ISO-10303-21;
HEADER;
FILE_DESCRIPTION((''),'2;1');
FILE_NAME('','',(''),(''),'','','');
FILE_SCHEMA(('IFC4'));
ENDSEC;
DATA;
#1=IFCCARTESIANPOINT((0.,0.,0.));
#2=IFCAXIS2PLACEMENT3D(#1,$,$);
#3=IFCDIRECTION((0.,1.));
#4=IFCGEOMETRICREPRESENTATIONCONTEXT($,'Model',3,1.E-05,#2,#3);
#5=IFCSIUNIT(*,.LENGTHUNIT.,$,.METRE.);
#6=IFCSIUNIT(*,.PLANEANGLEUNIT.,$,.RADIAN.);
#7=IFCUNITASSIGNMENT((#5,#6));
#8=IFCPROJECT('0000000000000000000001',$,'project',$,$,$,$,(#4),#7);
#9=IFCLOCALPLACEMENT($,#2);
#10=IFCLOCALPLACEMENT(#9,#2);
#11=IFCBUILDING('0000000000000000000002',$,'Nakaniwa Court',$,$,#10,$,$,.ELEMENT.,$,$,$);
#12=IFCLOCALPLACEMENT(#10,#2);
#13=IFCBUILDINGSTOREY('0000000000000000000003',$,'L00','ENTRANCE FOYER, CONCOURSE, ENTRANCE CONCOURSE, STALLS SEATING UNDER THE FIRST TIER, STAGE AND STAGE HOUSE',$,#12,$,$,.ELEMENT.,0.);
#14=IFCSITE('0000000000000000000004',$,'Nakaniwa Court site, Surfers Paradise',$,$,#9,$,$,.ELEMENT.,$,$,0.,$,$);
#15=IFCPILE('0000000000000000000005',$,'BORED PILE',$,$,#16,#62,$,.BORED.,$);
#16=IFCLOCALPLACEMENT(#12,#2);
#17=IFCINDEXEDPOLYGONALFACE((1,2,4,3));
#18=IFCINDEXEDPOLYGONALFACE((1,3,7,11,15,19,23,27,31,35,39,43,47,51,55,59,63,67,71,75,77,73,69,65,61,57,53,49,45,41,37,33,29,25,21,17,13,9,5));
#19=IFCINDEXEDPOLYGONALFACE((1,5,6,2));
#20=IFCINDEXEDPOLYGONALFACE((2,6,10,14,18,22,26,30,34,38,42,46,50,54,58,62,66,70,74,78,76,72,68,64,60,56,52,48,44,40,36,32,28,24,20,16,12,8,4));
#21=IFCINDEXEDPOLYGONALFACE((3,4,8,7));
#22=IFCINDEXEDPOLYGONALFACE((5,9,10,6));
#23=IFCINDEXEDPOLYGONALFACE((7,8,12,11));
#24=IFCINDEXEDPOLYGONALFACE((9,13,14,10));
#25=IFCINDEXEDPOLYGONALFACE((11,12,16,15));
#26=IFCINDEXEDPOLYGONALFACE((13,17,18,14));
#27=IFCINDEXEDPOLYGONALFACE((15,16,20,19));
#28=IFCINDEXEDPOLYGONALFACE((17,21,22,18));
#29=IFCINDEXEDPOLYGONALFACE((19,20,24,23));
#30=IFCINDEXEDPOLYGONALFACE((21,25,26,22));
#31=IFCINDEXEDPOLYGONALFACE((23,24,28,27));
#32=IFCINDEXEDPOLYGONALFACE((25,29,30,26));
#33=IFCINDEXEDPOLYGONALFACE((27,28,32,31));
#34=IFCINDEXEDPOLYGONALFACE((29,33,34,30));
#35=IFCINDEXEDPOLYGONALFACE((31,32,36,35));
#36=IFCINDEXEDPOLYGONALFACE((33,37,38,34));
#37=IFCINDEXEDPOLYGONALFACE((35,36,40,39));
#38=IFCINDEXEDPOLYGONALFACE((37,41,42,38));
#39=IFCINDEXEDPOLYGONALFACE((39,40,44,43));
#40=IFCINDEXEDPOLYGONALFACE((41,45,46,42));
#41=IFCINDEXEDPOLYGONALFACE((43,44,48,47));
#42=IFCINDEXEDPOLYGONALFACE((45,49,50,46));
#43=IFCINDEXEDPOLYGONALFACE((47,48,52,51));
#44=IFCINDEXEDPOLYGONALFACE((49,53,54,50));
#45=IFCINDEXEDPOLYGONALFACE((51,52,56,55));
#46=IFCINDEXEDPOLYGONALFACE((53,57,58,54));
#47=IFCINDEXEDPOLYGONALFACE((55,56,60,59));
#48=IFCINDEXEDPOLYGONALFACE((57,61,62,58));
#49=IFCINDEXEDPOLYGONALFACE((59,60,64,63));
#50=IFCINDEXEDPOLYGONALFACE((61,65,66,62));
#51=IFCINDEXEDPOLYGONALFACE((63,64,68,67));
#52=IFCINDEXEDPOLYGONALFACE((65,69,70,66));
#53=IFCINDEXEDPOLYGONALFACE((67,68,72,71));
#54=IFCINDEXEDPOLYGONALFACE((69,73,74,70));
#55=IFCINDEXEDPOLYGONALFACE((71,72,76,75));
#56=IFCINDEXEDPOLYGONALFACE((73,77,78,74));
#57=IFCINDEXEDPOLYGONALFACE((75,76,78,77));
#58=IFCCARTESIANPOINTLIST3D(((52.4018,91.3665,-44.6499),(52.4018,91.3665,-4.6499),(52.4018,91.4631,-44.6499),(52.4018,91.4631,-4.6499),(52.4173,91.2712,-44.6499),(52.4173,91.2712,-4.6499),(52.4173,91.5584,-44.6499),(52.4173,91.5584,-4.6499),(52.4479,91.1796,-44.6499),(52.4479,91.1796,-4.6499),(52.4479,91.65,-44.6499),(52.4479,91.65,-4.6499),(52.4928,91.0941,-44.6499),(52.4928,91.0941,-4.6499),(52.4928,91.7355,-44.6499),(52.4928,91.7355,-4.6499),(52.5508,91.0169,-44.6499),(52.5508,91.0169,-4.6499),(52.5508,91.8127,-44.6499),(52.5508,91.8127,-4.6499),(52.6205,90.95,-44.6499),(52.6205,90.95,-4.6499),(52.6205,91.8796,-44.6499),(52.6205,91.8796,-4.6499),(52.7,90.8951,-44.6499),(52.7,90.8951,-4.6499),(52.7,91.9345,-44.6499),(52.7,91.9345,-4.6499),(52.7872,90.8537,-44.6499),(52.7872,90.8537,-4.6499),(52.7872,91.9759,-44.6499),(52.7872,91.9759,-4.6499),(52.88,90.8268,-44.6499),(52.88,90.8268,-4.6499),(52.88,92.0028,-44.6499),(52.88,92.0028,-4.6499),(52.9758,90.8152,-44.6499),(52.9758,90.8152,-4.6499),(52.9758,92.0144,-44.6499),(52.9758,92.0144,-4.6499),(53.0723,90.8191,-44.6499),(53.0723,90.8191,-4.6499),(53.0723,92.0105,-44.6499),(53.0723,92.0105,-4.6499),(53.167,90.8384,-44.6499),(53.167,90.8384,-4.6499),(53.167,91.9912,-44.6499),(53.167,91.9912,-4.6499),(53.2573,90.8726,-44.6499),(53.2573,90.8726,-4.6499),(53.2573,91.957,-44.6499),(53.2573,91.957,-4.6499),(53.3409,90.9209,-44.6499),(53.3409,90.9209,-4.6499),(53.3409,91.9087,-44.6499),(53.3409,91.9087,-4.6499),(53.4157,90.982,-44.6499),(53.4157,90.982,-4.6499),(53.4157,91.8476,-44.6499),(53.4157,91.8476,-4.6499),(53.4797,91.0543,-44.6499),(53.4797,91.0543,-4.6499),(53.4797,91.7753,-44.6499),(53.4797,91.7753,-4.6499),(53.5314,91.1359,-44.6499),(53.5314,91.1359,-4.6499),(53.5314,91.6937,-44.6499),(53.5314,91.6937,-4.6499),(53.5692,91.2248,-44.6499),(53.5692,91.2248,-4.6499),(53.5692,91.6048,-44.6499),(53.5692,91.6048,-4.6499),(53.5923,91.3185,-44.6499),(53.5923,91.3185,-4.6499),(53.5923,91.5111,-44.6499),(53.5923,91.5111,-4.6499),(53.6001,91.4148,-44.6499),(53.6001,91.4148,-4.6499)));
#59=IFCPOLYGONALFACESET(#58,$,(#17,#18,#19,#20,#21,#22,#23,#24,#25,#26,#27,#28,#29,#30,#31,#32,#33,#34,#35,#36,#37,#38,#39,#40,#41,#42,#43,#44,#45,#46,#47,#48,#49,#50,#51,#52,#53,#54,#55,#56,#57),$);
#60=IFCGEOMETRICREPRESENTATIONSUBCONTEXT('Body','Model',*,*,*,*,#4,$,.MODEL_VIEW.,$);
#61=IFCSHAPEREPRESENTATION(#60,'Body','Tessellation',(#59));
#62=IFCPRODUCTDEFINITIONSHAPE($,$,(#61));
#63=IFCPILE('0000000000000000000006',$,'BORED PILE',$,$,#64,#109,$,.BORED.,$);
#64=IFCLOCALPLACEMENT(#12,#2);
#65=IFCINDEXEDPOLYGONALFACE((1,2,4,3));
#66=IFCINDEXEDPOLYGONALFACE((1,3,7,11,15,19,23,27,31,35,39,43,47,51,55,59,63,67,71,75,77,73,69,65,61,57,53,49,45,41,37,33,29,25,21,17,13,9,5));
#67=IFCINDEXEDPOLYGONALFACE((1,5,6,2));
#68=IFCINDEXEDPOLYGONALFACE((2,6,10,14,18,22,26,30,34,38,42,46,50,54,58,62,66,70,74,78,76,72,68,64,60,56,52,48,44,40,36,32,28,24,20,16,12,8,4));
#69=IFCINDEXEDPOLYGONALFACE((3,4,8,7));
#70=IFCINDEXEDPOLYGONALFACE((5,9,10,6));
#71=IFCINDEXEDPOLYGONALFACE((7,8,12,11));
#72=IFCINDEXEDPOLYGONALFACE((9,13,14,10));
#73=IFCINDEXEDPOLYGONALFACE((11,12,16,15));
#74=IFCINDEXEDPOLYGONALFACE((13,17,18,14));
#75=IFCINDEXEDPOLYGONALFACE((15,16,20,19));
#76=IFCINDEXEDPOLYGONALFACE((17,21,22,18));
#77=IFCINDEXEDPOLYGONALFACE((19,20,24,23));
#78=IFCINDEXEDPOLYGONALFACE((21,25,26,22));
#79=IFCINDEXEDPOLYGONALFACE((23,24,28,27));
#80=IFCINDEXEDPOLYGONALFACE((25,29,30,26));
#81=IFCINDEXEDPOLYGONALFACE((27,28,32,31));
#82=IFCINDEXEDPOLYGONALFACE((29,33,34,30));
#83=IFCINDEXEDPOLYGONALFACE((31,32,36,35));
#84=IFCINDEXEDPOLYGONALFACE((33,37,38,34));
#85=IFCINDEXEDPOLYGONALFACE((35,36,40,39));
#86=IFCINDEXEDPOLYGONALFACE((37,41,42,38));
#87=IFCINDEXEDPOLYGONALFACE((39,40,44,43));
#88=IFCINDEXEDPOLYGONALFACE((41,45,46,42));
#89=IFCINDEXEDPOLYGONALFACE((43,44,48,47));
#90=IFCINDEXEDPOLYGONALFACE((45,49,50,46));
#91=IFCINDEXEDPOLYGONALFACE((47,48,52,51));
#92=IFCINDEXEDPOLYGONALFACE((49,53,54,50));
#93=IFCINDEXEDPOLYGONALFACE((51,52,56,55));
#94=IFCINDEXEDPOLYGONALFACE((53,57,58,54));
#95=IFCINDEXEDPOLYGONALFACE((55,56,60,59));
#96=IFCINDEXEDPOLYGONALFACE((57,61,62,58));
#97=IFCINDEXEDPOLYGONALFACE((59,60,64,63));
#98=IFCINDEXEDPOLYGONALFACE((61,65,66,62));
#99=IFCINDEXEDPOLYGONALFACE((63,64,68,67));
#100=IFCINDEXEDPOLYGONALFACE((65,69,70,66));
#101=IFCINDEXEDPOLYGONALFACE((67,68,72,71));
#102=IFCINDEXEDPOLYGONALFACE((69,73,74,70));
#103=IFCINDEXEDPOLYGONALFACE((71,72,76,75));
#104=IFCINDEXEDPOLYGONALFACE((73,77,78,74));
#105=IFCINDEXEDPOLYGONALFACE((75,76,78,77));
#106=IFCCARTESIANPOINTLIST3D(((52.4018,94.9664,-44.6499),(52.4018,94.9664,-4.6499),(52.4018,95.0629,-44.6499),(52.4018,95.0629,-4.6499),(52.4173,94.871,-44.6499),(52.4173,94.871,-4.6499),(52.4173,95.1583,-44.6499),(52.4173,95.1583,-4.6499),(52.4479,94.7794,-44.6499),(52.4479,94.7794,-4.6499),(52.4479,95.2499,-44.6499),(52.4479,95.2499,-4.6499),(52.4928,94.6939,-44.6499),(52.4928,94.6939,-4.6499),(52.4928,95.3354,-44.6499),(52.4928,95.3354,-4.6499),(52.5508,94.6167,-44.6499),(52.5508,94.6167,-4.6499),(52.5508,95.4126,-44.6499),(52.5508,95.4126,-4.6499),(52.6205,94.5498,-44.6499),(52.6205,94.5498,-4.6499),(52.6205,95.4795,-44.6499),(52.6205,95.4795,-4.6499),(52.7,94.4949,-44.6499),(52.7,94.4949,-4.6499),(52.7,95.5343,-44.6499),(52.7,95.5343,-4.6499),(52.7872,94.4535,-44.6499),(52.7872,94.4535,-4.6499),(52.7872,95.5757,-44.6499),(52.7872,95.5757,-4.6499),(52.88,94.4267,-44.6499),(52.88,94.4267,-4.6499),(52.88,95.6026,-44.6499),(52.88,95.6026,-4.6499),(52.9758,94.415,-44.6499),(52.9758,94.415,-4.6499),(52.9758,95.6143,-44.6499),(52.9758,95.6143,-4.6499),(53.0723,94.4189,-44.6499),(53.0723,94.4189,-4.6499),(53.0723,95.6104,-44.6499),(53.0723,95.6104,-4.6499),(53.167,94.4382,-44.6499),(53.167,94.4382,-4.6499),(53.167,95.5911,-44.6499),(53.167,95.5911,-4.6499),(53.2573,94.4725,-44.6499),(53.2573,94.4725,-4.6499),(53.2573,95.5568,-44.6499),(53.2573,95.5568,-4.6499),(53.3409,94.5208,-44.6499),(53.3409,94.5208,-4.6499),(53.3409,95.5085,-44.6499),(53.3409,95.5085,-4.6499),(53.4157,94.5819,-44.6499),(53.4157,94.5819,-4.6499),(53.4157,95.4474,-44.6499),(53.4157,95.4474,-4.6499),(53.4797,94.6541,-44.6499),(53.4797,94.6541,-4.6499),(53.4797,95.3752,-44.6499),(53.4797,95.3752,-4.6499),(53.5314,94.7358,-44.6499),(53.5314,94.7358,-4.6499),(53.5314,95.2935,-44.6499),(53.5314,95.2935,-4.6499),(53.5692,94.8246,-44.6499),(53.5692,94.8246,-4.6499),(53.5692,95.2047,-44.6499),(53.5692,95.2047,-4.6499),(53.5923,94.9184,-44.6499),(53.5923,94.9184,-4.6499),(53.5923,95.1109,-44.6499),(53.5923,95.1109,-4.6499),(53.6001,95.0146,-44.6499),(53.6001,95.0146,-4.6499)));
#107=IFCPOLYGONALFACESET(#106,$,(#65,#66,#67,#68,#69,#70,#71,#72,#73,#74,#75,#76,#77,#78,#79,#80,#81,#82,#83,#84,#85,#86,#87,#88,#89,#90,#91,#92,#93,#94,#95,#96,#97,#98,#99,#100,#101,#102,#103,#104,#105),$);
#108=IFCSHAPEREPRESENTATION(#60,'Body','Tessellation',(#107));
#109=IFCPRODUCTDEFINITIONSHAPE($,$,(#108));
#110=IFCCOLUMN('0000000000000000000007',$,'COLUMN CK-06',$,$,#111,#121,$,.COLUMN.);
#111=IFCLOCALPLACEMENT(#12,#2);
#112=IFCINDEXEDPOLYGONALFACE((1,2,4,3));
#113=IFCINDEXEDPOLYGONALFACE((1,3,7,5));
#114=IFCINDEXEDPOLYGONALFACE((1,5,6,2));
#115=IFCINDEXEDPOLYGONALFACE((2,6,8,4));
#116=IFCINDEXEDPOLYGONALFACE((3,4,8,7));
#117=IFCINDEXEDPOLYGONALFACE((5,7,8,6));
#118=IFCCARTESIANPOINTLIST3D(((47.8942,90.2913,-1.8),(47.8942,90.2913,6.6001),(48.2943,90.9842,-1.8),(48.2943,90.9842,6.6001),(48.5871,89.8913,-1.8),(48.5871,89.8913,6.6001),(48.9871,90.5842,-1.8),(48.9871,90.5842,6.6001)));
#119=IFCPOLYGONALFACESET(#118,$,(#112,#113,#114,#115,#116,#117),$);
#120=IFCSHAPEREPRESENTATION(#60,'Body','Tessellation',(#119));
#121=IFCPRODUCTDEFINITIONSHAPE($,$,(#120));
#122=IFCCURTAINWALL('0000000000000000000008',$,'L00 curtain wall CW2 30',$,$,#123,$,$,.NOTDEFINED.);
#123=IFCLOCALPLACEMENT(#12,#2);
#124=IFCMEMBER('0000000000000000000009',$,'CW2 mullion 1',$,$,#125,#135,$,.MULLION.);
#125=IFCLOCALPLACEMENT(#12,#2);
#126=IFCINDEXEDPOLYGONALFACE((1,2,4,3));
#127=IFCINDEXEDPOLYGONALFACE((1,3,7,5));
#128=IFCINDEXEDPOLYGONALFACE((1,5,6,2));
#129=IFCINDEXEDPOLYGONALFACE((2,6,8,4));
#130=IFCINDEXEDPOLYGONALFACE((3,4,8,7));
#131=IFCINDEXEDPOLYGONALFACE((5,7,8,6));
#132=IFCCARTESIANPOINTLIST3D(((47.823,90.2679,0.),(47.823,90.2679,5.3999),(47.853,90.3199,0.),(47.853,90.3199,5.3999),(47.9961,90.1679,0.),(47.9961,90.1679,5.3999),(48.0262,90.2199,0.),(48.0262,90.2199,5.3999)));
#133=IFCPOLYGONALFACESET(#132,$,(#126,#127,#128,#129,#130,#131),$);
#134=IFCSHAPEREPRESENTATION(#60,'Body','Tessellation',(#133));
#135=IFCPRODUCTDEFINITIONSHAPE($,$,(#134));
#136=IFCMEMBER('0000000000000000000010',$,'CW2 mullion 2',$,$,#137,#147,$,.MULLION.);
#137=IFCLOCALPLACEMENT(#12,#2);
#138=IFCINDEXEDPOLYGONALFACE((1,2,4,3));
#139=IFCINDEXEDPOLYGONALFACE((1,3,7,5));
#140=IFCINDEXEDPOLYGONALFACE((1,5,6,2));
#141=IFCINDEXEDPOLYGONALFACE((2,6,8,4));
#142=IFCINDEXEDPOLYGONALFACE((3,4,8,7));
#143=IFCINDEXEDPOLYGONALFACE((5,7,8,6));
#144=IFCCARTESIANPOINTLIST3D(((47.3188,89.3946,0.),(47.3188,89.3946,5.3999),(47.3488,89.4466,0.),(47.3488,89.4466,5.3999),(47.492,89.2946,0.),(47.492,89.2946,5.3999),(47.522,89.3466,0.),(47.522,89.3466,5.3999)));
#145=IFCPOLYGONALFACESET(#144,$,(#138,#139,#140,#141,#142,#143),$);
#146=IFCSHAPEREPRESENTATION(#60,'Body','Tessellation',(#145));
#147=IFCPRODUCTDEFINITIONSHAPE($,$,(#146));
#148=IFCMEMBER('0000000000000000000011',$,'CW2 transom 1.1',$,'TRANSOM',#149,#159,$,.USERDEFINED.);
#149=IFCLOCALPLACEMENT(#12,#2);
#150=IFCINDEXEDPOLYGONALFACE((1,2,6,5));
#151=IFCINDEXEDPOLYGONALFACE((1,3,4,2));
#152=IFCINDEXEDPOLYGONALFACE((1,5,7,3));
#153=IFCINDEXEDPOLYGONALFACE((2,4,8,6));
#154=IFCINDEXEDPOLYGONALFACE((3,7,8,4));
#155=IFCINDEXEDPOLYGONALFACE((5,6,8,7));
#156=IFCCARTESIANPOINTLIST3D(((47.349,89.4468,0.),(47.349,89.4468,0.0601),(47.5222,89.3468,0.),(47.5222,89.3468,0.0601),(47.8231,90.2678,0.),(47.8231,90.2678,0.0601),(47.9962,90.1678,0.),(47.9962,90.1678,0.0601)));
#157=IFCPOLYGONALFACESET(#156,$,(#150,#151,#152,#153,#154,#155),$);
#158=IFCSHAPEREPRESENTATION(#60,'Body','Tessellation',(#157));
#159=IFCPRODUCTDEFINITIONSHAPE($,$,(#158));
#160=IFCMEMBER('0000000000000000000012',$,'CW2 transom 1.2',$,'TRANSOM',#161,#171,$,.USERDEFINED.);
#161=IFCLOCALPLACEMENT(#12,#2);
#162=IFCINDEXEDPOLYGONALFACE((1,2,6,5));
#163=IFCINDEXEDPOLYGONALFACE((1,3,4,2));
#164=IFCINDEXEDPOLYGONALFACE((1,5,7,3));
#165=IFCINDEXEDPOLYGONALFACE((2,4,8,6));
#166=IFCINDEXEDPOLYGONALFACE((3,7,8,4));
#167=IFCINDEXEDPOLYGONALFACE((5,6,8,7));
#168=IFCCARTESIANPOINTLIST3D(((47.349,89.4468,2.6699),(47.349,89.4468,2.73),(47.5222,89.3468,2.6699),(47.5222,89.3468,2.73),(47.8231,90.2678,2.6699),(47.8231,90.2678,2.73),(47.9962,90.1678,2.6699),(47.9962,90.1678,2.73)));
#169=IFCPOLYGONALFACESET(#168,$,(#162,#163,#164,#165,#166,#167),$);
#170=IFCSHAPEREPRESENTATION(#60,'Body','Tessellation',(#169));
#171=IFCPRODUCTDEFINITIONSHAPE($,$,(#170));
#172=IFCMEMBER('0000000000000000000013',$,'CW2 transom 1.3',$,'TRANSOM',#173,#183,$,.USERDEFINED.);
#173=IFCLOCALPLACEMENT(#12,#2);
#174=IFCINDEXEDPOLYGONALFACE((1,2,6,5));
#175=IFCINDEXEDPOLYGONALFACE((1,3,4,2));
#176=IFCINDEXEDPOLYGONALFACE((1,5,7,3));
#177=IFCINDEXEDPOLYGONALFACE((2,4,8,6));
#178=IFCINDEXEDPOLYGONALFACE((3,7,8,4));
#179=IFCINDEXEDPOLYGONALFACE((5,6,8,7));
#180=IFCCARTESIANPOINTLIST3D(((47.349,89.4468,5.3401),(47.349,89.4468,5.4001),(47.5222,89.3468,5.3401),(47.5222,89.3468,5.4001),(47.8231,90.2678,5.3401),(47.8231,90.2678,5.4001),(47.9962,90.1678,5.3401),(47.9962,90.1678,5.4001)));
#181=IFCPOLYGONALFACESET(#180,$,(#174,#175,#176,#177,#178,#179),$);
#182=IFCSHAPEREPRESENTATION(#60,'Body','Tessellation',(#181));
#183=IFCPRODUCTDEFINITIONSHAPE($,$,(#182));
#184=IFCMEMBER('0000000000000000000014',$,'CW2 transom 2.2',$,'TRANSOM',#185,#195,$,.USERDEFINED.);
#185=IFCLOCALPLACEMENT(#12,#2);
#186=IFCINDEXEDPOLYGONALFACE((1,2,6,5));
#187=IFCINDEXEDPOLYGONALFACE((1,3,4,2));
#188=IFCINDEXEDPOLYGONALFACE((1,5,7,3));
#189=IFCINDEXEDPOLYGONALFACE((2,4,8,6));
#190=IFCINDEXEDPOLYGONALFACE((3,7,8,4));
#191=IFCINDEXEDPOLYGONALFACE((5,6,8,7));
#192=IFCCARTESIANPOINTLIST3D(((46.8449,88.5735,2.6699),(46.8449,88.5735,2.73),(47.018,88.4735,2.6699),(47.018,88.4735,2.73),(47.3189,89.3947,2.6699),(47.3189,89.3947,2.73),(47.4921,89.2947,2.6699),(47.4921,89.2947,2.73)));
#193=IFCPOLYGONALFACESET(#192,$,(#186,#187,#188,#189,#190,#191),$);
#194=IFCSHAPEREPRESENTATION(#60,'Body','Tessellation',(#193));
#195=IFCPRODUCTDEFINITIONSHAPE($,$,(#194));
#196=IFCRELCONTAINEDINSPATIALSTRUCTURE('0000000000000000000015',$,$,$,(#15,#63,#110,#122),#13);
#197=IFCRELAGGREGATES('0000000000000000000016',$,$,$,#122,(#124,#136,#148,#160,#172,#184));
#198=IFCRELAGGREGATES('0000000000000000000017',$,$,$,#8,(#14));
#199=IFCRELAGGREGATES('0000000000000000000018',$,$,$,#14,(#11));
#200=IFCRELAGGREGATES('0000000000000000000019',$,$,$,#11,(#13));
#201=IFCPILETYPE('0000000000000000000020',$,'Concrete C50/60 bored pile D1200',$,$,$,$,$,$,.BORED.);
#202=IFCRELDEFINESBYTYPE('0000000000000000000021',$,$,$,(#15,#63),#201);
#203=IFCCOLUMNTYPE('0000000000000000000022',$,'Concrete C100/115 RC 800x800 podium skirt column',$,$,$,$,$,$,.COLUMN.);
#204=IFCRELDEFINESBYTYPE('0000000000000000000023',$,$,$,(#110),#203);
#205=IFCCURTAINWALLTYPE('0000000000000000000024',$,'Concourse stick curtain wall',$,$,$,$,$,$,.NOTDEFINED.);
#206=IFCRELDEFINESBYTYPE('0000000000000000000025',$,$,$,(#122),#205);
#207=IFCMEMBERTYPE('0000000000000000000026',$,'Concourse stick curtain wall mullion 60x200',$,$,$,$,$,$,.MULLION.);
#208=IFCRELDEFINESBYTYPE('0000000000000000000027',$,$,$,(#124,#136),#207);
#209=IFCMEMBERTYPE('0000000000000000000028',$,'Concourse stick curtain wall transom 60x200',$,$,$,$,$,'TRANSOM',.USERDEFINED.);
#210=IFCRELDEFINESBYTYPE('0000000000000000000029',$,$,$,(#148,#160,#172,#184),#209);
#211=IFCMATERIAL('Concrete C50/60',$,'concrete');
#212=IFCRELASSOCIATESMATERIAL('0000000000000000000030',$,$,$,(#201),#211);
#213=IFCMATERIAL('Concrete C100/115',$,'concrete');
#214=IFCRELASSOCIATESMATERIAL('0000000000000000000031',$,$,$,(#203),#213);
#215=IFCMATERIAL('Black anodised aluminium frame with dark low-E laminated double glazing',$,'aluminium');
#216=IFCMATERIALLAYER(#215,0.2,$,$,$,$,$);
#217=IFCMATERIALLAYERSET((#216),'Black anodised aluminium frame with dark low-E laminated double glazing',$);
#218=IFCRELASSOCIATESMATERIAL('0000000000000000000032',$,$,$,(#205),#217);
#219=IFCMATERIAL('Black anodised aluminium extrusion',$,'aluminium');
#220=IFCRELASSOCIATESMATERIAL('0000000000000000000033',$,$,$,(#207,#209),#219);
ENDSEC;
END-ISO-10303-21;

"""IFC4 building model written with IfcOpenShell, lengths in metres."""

from ifc_helpers import new_model, si_unit, direction, frame, origin, origin_2d, place, context, subcontext, project, spatial, rectangle, circle, extrude, material, layer, layer_set, material_profile, profile_set, type_object, element, aggregate, save


model = new_model("IFC4")

# Units and contexts
model_context = context("Model", 3, precision=1e-05, world=origin(), true_north=direction((0.0, 1.0)))
body_context = subcontext(model_context, "Body", "Model", "MODEL_VIEW")
ifc_project = project(units=[si_unit("LENGTHUNIT", "METRE"), si_unit("PLANEANGLEUNIT", "RADIAN")], contexts=[model_context])

# Site, building, storey
site_placement = place(None, origin())
site = spatial("IfcSite", under=ifc_project, at=site_placement, Name="Nakaniwa Court site, Surfers Paradise", CompositionType="ELEMENT", RefElevation=0.0)
building_placement = place(site_placement, origin())
building = spatial("IfcBuilding", under=site, at=building_placement, Name="Nakaniwa Court", CompositionType="ELEMENT")
storey_placement = place(building_placement, origin())
storey = spatial("IfcBuildingStorey", under=building, at=storey_placement, Name="L00", Description="ENTRANCE FOYER, CONCOURSE, ENTRANCE CONCOURSE, STALLS SEATING UNDER THE FIRST TIER, STAGE AND STAGE HOUSE", CompositionType="ELEMENT", Elevation=0.0)

# Piles
ifc_material_1 = material(Name="Concrete C50/60", Category="concrete")
ifc_material_profile_1 = material_profile(ifc_material_1, circle(Radius=0.6001, at=origin_2d()), Name="Concrete C50/60 bored pile D1200")
ifc_profile_set_1 = profile_set([ifc_material_profile_1], Name="Concrete C50/60")
pile_type = type_object("IfcPileType", Name="Concrete C50/60 bored pile D1200", PredefinedType="BORED", material=ifc_profile_set_1)
for number, where, z_axis, x_axis, name in (
    (1, (53.0, 91.4148, -4.6499), (0.0, 0.0, -1.0), (1.0, 0.0, 0.0), "BORED PILE"),
    (2, (53.0, 95.0146, -4.6499), (0.0, 0.0, -1.0), (1.0, 0.0, 0.0), "BORED PILE"),
):
    element("IfcPile", number, at=place(storey_placement, frame(where, z_axis=z_axis, x_axis=x_axis)), inside=storey, type_object=pile_type, Name=name, PredefinedType="BORED", context=body_context, shape_type="SweptSolid", body=[
        extrude(circle(Radius=0.6001, at=origin_2d()), origin(), (0.0, 0.0, 1.0), 40.0),
    ])

# Column
ifc_material_2 = material(Name="Concrete C100/115", Category="concrete")
ifc_material_profile_2 = material_profile(ifc_material_2, rectangle(XDim=0.8, YDim=0.8, at=origin_2d()), Name="Concrete C100/115 RC 800x800 podium skirt column")
ifc_profile_set_2 = profile_set([ifc_material_profile_2], Name="Concrete C100/115")
column_type = type_object("IfcColumnType", Name="Concrete C100/115 RC 800x800 podium skirt column", PredefinedType="COLUMN", material=ifc_profile_set_2)
column_placement = place(storey_placement, frame((48.4407, 90.4377, -1.8), z_axis=(0.0, 0.0, 1.0), x_axis=(-0.5, -0.866025, 0.0)))
element("IfcColumn", 3, at=column_placement, inside=storey, type_object=column_type, Name="COLUMN CK-06", PredefinedType="COLUMN", context=body_context, shape_type="SweptSolid", body=[
    extrude(rectangle(XDim=0.8, YDim=0.8, at=origin_2d()), origin(), (0.0, 0.0, 1.0), 8.4001),
])

# Curtain wall, members
ifc_material_3 = material(Name="Black anodised aluminium frame with dark low-E laminated double glazing", Category="aluminium")
ifc_layer_1 = layer(ifc_material_3, 0.2)
ifc_layer_set_1 = layer_set([ifc_layer_1], Name="Black anodised aluminium frame with dark low-E laminated double glazing")
curtain_wall_type = type_object("IfcCurtainWallType", Name="Concourse stick curtain wall", PredefinedType="NOTDEFINED", material=ifc_layer_set_1)
curtain_wall_placement = place(storey_placement, origin())
curtain_wall = element("IfcCurtainWall", 4, at=curtain_wall_placement, inside=storey, type_object=curtain_wall_type, Name="L00 curtain wall CW2 30", PredefinedType="NOTDEFINED")
ifc_material_4 = material(Name="Black anodised aluminium extrusion", Category="aluminium")
ifc_material_profile_3 = material_profile(ifc_material_4, rectangle(XDim=0.2, YDim=0.0601, at=origin_2d()), Name="Concourse stick curtain wall mullion 60x200")
ifc_profile_set_3 = profile_set([ifc_material_profile_3], Name="Black anodised aluminium extrusion")
member_type_1 = type_object("IfcMemberType", Name="Concourse stick curtain wall mullion 60x200", PredefinedType="MULLION", material=ifc_profile_set_3)
member_1_placement = place(storey_placement, frame((47.9246, 90.2439, 0.0), z_axis=(0.0, 0.0, 1.0), x_axis=(0.866036, -0.499982, 0.0)))
member_1 = element("IfcMember", 5, at=member_1_placement, type_object=member_type_1, Name="CW2 mullion 1", PredefinedType="MULLION", context=body_context, shape_type="SweptSolid", body=[
    extrude(rectangle(XDim=0.2, YDim=0.0601, at=origin_2d()), origin(), (0.0, 0.0, 1.0), 5.3999),
])
member_2_placement = place(storey_placement, frame((47.4204, 89.3706, 0.0), z_axis=(0.0, 0.0, 1.0), x_axis=(0.866036, -0.499982, 0.0)))
member_2 = element("IfcMember", 6, at=member_2_placement, type_object=member_type_1, Name="CW2 mullion 2", PredefinedType="MULLION", context=body_context, shape_type="SweptSolid", body=[
    extrude(rectangle(XDim=0.2, YDim=0.0601, at=origin_2d()), origin(), (0.0, 0.0, 1.0), 5.3999),
])
ifc_material_profile_4 = material_profile(ifc_material_4, rectangle(XDim=0.2, YDim=0.0601, at=origin_2d()), Name="Concourse stick curtain wall transom 60x200")
ifc_profile_set_4 = profile_set([ifc_material_profile_4], Name="Black anodised aluminium extrusion")
member_type_2 = type_object("IfcMemberType", Name="Concourse stick curtain wall transom 60x200", ElementType="TRANSOM", PredefinedType="USERDEFINED", material=ifc_profile_set_4)
member_3_placement = place(storey_placement, frame((47.9097, 90.2178, 0.03), z_axis=(-0.500072, -0.865984, 0.0), x_axis=(0.865984, -0.500072, 0.0)))
member_3 = element("IfcMember", 7, at=member_3_placement, type_object=member_type_2, Name="CW2 transom 1.1", ObjectType="TRANSOM", PredefinedType="USERDEFINED", context=body_context, shape_type="SweptSolid", body=[
    extrude(rectangle(XDim=0.2, YDim=0.0601, at=origin_2d()), origin(), (0.0, 0.0, 1.0), 0.948),
])
member_4_placement = place(storey_placement, frame((47.9097, 90.2178, 2.7), z_axis=(-0.500072, -0.865984, 0.0), x_axis=(0.865984, -0.500072, 0.0)))
member_4 = element("IfcMember", 8, at=member_4_placement, type_object=member_type_2, Name="CW2 transom 1.2", ObjectType="TRANSOM", PredefinedType="USERDEFINED", context=body_context, shape_type="SweptSolid", body=[
    extrude(rectangle(XDim=0.2, YDim=0.0601, at=origin_2d()), origin(), (0.0, 0.0, 1.0), 0.948),
])
member_5_placement = place(storey_placement, frame((47.9097, 90.2178, 5.3701), z_axis=(-0.500072, -0.865984, 0.0), x_axis=(0.865984, -0.500072, 0.0)))
member_5 = element("IfcMember", 9, at=member_5_placement, type_object=member_type_2, Name="CW2 transom 1.3", ObjectType="TRANSOM", PredefinedType="USERDEFINED", context=body_context, shape_type="SweptSolid", body=[
    extrude(rectangle(XDim=0.2, YDim=0.0601, at=origin_2d()), origin(), (0.0, 0.0, 1.0), 0.948),
])
member_6_placement = place(storey_placement, frame((47.4055, 89.3447, 2.7), z_axis=(-0.49996, -0.866048, 0.0), x_axis=(0.866048, -0.49996, 0.0)))
member_6 = element("IfcMember", 10, at=member_6_placement, type_object=member_type_2, Name="CW2 transom 2.2", ObjectType="TRANSOM", PredefinedType="USERDEFINED", context=body_context, shape_type="SweptSolid", body=[
    extrude(rectangle(XDim=0.2, YDim=0.0601, at=origin_2d()), origin(), (0.0, 0.0, 1.0), 0.9482),
])
aggregate(curtain_wall, [member_1, member_2, member_3, member_4, member_5, member_6])

save(model, "model.ifc")
